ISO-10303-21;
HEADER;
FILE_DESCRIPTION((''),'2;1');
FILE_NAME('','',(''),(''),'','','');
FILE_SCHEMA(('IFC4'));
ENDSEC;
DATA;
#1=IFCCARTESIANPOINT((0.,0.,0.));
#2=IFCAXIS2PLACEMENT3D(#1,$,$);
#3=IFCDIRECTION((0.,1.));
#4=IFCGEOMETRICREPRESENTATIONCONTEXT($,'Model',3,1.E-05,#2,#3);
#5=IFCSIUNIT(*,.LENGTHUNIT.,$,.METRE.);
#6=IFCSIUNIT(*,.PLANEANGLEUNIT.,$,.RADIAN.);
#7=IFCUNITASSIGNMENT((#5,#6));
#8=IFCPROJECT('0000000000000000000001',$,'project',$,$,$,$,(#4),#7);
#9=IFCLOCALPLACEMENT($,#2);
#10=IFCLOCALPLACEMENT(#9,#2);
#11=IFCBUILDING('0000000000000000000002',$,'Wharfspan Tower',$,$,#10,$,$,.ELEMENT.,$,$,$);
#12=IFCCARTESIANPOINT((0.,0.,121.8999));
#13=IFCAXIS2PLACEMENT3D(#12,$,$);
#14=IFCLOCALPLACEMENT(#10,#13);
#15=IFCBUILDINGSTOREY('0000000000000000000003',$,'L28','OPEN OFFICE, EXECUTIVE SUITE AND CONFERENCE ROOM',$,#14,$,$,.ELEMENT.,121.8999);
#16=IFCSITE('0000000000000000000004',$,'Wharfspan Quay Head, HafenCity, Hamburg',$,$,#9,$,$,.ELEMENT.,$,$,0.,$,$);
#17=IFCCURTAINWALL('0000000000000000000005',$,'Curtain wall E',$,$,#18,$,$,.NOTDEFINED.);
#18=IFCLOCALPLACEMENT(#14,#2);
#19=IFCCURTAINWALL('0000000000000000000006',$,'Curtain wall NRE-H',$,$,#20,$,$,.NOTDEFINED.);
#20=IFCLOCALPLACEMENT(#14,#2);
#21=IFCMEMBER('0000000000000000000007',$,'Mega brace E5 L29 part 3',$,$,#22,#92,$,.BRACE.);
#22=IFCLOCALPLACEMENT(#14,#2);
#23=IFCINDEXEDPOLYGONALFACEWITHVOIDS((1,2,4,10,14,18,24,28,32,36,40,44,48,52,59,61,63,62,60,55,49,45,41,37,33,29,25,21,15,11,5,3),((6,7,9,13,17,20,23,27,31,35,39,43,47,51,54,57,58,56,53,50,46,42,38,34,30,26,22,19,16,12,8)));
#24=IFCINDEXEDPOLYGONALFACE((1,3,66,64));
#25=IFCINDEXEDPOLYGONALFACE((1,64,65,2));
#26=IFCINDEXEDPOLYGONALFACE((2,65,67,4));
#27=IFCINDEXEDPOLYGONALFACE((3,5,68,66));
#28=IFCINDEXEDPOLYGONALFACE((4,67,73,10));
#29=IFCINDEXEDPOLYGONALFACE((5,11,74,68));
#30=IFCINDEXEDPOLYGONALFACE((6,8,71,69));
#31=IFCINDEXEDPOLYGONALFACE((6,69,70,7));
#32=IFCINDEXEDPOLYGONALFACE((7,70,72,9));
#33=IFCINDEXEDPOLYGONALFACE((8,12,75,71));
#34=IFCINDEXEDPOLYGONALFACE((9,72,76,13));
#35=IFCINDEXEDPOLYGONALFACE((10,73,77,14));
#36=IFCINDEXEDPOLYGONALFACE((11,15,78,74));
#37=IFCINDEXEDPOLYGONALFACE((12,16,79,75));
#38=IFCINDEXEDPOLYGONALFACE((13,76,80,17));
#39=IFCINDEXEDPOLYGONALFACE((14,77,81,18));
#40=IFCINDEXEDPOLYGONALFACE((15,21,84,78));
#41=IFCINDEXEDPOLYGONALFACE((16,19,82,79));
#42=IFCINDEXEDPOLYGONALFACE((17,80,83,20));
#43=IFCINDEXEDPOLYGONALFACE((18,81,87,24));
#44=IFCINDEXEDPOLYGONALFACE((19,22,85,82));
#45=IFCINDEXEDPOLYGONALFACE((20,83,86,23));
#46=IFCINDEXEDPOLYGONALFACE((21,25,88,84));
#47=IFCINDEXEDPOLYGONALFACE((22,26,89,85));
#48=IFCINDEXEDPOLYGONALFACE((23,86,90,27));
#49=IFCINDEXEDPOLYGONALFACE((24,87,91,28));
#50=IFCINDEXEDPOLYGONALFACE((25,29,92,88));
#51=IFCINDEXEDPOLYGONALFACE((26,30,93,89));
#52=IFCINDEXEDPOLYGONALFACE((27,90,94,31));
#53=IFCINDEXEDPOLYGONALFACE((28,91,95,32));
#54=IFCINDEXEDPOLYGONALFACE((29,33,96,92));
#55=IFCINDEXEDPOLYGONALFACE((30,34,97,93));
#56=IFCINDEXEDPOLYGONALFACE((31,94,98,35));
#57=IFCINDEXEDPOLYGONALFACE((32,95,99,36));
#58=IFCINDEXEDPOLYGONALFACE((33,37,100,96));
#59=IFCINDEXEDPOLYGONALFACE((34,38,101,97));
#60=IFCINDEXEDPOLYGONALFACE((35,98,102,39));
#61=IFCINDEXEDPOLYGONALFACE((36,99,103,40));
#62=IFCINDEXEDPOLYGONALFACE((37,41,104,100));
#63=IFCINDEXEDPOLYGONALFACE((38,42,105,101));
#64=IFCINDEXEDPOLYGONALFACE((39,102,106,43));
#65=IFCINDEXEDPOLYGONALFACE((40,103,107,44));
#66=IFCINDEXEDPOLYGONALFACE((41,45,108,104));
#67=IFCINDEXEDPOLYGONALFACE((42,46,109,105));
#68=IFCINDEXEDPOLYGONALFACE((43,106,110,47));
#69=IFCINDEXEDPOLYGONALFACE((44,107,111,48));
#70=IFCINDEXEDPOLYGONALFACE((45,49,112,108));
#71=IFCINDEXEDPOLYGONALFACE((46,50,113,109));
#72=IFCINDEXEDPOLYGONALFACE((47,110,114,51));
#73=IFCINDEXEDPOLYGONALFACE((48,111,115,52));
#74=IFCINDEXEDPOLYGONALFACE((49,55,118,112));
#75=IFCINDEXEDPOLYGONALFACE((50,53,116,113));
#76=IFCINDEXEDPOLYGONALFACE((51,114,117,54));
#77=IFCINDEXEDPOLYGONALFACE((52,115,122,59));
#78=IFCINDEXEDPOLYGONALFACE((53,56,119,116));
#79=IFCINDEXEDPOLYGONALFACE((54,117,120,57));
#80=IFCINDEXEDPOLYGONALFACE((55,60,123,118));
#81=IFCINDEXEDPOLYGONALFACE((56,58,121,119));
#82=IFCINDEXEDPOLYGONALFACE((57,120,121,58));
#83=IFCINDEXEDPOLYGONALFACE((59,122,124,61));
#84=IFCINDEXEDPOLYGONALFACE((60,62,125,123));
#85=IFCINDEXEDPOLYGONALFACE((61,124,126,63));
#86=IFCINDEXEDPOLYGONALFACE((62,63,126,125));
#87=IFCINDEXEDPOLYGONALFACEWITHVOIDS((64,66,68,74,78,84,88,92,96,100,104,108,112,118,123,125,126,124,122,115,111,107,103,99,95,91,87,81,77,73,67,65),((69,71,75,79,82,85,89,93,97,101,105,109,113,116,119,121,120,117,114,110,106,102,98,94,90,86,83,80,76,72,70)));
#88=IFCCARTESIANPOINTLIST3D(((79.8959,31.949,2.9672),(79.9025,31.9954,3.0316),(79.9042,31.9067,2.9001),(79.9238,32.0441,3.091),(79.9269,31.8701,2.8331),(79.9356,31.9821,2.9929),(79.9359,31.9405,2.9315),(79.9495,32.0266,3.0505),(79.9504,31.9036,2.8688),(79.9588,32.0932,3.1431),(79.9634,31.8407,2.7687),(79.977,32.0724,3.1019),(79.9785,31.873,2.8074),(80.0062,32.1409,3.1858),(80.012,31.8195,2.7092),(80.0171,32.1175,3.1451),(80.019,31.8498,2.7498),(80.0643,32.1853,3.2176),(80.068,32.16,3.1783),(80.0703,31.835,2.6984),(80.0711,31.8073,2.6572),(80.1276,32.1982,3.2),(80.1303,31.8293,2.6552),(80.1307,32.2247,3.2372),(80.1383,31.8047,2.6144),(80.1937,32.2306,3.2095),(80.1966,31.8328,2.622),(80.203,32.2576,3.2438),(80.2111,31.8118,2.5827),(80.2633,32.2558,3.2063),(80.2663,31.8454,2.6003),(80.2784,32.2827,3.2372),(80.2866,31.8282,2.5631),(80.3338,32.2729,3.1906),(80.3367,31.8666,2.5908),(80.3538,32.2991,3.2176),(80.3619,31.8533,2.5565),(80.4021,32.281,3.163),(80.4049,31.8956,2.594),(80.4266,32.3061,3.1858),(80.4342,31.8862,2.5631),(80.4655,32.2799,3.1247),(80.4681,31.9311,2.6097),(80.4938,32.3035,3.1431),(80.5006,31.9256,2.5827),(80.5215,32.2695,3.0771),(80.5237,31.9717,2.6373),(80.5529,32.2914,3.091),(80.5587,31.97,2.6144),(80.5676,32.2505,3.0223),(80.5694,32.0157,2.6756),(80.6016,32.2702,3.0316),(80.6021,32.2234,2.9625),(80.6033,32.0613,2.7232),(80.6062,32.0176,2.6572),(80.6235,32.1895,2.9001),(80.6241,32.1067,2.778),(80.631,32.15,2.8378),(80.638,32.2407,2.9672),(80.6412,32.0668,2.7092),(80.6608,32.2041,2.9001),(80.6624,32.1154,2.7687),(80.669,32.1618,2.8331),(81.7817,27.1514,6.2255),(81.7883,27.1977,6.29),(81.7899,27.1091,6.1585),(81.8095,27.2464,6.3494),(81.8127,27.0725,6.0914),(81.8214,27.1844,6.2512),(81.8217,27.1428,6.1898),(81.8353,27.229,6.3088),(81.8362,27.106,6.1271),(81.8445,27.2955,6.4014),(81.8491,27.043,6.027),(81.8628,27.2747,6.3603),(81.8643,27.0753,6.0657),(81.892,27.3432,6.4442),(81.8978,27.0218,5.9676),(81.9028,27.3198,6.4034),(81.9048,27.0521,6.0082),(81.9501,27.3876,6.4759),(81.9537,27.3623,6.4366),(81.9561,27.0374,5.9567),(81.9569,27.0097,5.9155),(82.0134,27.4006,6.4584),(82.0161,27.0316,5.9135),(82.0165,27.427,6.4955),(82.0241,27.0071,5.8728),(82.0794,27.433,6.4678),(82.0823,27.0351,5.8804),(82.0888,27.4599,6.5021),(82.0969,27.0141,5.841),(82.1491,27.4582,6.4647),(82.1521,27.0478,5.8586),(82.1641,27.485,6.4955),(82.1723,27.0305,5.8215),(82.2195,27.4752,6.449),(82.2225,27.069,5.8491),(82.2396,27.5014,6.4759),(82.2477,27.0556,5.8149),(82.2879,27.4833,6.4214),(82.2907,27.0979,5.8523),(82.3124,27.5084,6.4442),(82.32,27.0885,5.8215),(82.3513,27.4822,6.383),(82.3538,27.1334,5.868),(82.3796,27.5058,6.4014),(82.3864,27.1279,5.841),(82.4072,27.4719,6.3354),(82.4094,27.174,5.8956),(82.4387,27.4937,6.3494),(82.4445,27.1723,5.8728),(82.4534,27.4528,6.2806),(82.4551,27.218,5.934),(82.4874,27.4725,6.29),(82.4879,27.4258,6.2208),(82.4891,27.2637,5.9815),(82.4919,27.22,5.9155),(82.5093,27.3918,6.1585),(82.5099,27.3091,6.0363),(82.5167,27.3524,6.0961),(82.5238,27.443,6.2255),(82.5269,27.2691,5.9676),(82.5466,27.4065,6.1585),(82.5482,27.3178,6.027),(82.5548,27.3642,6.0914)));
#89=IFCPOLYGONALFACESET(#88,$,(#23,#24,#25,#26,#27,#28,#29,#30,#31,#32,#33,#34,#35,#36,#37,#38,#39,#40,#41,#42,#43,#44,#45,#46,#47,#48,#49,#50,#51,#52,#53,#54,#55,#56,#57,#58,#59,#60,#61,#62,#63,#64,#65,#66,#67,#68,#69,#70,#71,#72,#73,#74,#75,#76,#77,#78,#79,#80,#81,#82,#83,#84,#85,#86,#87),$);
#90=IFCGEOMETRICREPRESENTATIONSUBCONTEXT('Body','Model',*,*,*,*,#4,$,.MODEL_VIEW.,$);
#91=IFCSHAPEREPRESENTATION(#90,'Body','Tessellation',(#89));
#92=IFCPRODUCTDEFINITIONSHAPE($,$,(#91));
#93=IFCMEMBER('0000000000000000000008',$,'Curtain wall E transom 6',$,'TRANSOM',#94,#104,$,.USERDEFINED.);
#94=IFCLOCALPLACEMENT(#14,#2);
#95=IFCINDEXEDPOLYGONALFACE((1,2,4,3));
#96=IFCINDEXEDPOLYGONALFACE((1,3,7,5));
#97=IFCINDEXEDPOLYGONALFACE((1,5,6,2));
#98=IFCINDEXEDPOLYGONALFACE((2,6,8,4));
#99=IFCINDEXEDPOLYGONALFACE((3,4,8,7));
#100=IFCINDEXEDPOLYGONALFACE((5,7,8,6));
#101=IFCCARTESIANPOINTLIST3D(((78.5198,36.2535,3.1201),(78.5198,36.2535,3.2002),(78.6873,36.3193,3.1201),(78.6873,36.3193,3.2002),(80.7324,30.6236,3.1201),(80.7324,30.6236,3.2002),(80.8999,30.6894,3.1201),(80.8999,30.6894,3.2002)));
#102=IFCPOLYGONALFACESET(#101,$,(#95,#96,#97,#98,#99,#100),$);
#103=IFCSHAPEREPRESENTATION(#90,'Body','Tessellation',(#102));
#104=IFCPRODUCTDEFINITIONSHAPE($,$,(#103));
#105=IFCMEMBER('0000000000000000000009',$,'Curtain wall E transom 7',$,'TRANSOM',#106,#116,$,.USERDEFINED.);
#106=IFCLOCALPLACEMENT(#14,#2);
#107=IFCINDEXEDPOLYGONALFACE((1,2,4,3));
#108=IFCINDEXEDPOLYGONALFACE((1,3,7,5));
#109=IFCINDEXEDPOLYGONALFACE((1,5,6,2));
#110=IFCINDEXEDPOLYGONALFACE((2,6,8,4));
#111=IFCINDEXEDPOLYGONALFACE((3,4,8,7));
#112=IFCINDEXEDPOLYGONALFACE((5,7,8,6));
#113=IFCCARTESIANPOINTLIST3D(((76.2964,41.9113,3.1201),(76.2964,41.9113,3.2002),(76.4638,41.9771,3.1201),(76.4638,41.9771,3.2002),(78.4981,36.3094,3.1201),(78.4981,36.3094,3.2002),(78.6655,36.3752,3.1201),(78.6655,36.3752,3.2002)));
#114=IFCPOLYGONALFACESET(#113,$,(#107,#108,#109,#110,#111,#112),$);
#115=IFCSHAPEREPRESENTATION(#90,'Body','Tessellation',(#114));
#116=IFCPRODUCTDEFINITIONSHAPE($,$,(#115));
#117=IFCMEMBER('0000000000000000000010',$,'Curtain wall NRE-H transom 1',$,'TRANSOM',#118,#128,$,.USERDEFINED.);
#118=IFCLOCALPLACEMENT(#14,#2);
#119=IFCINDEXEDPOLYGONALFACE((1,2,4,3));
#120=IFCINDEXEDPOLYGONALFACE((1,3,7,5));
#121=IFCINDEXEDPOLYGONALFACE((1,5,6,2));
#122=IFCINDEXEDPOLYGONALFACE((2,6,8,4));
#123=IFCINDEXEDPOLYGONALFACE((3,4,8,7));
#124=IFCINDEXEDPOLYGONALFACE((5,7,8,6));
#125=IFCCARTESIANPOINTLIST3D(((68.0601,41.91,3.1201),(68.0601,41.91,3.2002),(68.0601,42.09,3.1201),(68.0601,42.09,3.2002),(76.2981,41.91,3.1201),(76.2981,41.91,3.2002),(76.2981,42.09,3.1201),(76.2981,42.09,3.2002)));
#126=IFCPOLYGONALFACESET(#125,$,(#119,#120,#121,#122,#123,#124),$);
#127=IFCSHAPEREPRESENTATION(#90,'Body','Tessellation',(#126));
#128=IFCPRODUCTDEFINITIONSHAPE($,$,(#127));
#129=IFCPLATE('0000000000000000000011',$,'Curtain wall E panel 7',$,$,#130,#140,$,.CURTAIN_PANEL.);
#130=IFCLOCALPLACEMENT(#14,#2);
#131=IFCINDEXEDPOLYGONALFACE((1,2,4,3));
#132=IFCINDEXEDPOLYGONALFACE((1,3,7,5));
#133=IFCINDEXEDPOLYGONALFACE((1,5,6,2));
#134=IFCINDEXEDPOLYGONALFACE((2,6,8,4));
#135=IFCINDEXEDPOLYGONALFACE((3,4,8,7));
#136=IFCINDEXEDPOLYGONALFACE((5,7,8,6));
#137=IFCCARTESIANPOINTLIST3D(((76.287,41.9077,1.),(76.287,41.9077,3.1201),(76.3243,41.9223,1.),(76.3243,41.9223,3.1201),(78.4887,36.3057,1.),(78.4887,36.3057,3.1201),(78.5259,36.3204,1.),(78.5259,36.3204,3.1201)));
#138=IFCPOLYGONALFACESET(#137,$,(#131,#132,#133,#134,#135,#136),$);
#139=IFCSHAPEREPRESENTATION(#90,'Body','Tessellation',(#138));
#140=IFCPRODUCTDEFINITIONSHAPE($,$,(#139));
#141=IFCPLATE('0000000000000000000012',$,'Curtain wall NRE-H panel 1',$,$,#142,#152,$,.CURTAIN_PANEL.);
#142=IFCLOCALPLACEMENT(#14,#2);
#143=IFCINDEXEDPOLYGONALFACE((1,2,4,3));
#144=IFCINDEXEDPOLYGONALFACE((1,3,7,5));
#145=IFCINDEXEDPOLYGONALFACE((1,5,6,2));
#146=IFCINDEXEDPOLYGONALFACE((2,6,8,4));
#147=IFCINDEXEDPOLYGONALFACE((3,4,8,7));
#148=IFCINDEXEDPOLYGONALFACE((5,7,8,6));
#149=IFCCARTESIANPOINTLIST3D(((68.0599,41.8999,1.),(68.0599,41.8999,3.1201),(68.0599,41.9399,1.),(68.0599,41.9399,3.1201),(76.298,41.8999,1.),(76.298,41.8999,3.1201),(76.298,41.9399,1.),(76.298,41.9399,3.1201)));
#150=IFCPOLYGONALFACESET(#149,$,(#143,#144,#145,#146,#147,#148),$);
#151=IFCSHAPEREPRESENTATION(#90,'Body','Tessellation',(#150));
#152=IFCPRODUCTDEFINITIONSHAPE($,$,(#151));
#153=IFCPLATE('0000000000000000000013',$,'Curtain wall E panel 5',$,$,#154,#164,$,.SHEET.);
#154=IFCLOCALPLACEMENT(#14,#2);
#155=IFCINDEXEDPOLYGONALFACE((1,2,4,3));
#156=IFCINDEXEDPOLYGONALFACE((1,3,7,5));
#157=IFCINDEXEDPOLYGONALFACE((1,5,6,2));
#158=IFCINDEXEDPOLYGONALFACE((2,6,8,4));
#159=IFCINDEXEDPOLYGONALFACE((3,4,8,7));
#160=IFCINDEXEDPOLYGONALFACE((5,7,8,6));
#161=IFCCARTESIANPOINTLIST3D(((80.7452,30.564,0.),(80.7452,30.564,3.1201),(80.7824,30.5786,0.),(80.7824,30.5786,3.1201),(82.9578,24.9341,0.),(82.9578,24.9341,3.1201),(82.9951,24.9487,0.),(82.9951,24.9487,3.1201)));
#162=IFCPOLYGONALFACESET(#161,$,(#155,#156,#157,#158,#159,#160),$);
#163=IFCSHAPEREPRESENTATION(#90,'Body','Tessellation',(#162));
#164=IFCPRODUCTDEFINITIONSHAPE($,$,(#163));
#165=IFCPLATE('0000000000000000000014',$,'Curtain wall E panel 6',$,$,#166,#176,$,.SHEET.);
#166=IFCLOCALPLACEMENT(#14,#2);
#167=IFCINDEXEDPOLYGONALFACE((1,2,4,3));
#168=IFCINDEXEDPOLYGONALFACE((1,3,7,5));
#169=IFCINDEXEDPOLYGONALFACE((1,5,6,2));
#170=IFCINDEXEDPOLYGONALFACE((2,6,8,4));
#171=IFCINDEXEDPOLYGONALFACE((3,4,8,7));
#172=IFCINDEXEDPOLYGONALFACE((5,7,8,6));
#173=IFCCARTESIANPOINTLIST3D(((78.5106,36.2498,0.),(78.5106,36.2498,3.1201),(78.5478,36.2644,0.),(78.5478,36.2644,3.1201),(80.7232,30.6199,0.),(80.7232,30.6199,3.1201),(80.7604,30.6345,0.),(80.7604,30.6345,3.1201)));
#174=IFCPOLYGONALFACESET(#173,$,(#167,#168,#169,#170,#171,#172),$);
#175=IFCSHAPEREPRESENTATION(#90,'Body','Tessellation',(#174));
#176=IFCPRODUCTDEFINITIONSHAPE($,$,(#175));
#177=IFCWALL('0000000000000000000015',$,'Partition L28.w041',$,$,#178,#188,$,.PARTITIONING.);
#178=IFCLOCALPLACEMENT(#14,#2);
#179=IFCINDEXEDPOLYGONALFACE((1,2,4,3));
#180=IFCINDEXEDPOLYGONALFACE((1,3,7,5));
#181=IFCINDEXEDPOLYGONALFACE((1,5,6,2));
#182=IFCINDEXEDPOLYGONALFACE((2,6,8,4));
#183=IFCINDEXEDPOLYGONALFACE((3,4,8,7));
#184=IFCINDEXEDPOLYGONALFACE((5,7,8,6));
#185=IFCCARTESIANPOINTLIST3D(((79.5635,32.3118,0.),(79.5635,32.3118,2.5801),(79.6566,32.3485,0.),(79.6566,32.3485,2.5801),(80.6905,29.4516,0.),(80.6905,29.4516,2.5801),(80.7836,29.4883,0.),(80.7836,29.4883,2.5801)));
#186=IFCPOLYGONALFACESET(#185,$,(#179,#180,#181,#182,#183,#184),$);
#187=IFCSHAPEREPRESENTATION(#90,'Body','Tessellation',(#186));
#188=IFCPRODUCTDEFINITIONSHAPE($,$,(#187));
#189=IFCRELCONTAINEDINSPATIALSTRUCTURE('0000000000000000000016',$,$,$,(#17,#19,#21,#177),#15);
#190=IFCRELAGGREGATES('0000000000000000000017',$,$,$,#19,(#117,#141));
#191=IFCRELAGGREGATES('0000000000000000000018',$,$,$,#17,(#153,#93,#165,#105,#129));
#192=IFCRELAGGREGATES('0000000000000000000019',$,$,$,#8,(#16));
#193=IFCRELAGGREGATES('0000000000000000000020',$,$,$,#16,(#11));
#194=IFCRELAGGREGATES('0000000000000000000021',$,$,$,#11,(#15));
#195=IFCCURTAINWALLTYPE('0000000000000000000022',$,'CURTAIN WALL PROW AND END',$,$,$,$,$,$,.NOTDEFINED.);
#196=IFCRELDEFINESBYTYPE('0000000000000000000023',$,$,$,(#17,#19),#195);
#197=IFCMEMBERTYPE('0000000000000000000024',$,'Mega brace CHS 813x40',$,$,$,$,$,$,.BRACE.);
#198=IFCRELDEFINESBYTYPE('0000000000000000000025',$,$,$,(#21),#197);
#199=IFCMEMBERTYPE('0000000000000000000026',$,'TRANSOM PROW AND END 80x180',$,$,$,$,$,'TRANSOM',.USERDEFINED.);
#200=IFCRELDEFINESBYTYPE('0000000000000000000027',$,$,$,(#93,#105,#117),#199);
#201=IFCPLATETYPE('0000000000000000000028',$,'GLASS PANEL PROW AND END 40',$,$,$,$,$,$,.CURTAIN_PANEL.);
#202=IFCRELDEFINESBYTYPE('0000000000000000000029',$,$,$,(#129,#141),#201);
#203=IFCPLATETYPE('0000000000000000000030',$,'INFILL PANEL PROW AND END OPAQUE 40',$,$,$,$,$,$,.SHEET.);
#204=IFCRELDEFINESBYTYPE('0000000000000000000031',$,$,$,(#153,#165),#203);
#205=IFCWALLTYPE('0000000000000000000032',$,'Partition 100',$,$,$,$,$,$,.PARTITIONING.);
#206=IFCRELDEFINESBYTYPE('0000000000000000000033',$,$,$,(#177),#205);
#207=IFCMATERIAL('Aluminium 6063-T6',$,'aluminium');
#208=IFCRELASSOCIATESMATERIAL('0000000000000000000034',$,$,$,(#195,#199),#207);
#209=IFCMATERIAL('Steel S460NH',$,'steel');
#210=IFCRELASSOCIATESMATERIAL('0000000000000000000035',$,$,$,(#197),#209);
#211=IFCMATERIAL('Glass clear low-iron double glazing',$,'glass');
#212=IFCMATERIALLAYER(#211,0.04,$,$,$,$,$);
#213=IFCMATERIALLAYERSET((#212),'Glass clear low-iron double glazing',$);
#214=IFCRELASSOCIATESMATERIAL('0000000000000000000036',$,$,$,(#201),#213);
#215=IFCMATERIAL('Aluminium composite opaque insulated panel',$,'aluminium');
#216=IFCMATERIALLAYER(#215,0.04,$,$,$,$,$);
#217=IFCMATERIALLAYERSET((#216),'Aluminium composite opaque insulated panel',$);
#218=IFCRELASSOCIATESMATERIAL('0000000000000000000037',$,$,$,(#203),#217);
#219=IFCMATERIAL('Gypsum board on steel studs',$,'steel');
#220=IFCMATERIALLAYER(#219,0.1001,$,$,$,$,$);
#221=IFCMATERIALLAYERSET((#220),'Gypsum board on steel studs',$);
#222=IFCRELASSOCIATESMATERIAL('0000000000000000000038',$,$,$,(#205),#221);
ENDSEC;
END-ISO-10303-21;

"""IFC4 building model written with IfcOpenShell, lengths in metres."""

from ifc_helpers import new_model, si_unit, direction, frame, frame_2d, origin, origin_2d, place, context, subcontext, project, spatial, rectangle, hollow_circle, extrude, material, layer, layer_set, material_profile, profile_set, type_object, element, aggregate, save


model = new_model("IFC4")

# Units and contexts
model_context = context("Model", 3, precision=1e-05, world=origin(), true_north=direction((0.0, 1.0)))
body_context = subcontext(model_context, "Body", "Model", "MODEL_VIEW")
ifc_project = project(units=[si_unit("LENGTHUNIT", "METRE"), si_unit("PLANEANGLEUNIT", "RADIAN")], contexts=[model_context])

# Site, building, storey
site_placement = place(None, origin())
site = spatial("IfcSite", under=ifc_project, at=site_placement, Name="Wharfspan Quay Head, HafenCity, Hamburg", CompositionType="ELEMENT", RefElevation=0.0)
building_placement = place(site_placement, origin())
building = spatial("IfcBuilding", under=site, at=building_placement, Name="Wharfspan Tower", CompositionType="ELEMENT")
storey_placement = place(building_placement, frame((0.0, 0.0, 121.8999)))
storey = spatial("IfcBuildingStorey", under=building, at=storey_placement, Name="L28", Description="OPEN OFFICE, EXECUTIVE SUITE AND CONFERENCE ROOM", CompositionType="ELEMENT", Elevation=121.8999)

# Curtain walls
ifc_material_1 = material(Name="Aluminium 6063-T6", Category="aluminium")
curtain_wall_type = type_object("IfcCurtainWallType", Name="CURTAIN WALL PROW AND END", PredefinedType="NOTDEFINED", material=ifc_material_1)
curtain_wall_1_placement = place(storey_placement, origin())
curtain_wall_1 = element("IfcCurtainWall", 1, at=curtain_wall_1_placement, inside=storey, type_object=curtain_wall_type, Name="Curtain wall E", PredefinedType="NOTDEFINED")
curtain_wall_2_placement = place(storey_placement, origin())
curtain_wall_2 = element("IfcCurtainWall", 2, at=curtain_wall_2_placement, inside=storey, type_object=curtain_wall_type, Name="Curtain wall NRE-H", PredefinedType="NOTDEFINED")

# Members
ifc_material_2 = material(Name="Steel S460NH", Category="steel")
ifc_material_profile_1 = material_profile(ifc_material_2, hollow_circle(Radius=0.4065, WallThickness=0.04, at=origin_2d()))
ifc_profile_set_1 = profile_set([ifc_material_profile_1], Name="Steel S460NH")
member_type_1 = type_object("IfcMemberType", Name="Mega brace CHS 813x40", PredefinedType="BRACE", material=ifc_profile_set_1)
member_1_placement = place(storey_placement, frame((80.2825, 32.0554, 2.9001), z_axis=(0.309223, -0.786709, 0.534294), x_axis=(0.930685, 0.365812, -0.000003)))
element("IfcMember", 3, at=member_1_placement, inside=storey, type_object=member_type_1, Name="Mega brace E5 L29 part 3", PredefinedType="BRACE", context=body_context, shape_type="SweptSolid", body=[
    extrude(hollow_circle(Radius=0.4065, WallThickness=0.04, at=origin_2d()), origin(), (0.0, 0.0, 1.0), 6.0984),
])
ifc_material_profile_2 = material_profile(ifc_material_1, rectangle(XDim=0.1799, YDim=0.0801, at=origin_2d()))
ifc_profile_set_2 = profile_set([ifc_material_profile_2], Name="Aluminium 6063-T6")
member_type_2 = type_object("IfcMemberType", Name="TRANSOM PROW AND END 80x180", ElementType="TRANSOM", PredefinedType="USERDEFINED", material=ifc_profile_set_2)
member_2_placement = place(storey_placement, frame((80.8162, 30.6565, 3.1602), z_axis=(-0.365782, 0.9307, 0.0), x_axis=(-0.9307, -0.365782, 0.0)))
member_2 = element("IfcMember", 4, at=member_2_placement, type_object=member_type_2, Name="Curtain wall E transom 6", ObjectType="TRANSOM", PredefinedType="USERDEFINED", context=body_context, shape_type="SweptSolid", body=[
    extrude(rectangle(XDim=0.1799, YDim=0.0801, at=origin_2d()), origin(), (0.0, 0.0, 1.0), 6.0491),
])
member_3_placement = place(storey_placement, frame((78.5818, 36.3423, 3.1602), z_axis=(-0.365789, 0.930698, 0.0), x_axis=(-0.930698, -0.365789, 0.0)))
member_3 = element("IfcMember", 5, at=member_3_placement, type_object=member_type_2, Name="Curtain wall E transom 7", ObjectType="TRANSOM", PredefinedType="USERDEFINED", context=body_context, shape_type="SweptSolid", body=[
    extrude(rectangle(XDim=0.1799, YDim=0.0801, at=origin_2d()), origin(), (0.0, 0.0, 1.0), 6.019),
])
member_4_placement = place(storey_placement, frame((76.2981, 42.0, 3.1602), z_axis=(-1.0, 0.0, 0.0), x_axis=(0.0, -1.0, 0.0)))
member_4 = element("IfcMember", 6, at=member_4_placement, type_object=member_type_2, Name="Curtain wall NRE-H transom 1", ObjectType="TRANSOM", PredefinedType="USERDEFINED", context=body_context, shape_type="SweptSolid", body=[
    extrude(rectangle(XDim=0.1799, YDim=0.0801, at=origin_2d()), origin(), (0.0, 0.0, 1.0), 8.238),
])

# Plates
ifc_material_3 = material(Name="Glass clear low-iron double glazing", Category="glass")
ifc_layer_1 = layer(ifc_material_3, 0.04)
ifc_layer_set_1 = layer_set([ifc_layer_1], Name="Glass clear low-iron double glazing")
plate_type_1 = type_object("IfcPlateType", Name="GLASS PANEL PROW AND END 40", PredefinedType="CURTAIN_PANEL", material=ifc_layer_set_1)
plate_1_placement = place(storey_placement, frame((77.4065, 39.114, 1.0), z_axis=(0.0, 0.0, 1.0), x_axis=(-0.365778, 0.930702, 0.0)))
plate_1 = element("IfcPlate", 7, at=plate_1_placement, type_object=plate_type_1, Name="Curtain wall E panel 7", PredefinedType="CURTAIN_PANEL", context=body_context, shape_type="SweptSolid", body=[
    extrude(rectangle(XDim=6.019, YDim=0.04, at=origin_2d()), origin(), (0.0, 0.0, 1.0), 2.1201),
])
plate_2_placement = place(storey_placement, frame((72.179, 41.9199, 1.0), z_axis=(0.0, 0.0, 1.0), x_axis=(-1.0, 0.0, 0.0)))
plate_2 = element("IfcPlate", 8, at=plate_2_placement, type_object=plate_type_1, Name="Curtain wall NRE-H panel 1", PredefinedType="CURTAIN_PANEL", context=body_context, shape_type="SweptSolid", body=[
    extrude(rectangle(XDim=8.238, YDim=0.04, at=origin_2d()), origin(), (0.0, 0.0, 1.0), 2.1201),
])
aggregate(curtain_wall_2, [member_4, plate_2])
ifc_material_4 = material(Name="Aluminium composite opaque insulated panel", Category="aluminium")
ifc_layer_2 = layer(ifc_material_4, 0.04)
ifc_layer_set_2 = layer_set([ifc_layer_2], Name="Aluminium composite opaque insulated panel")
plate_type_2 = type_object("IfcPlateType", Name="INFILL PANEL PROW AND END OPAQUE 40", PredefinedType="SHEET", material=ifc_layer_set_2)
plate_3_placement = place(storey_placement, frame((81.8701, 27.7563, 0.0), z_axis=(0.0, 0.0, 1.0), x_axis=(-0.365778, 0.930702, 0.0)))
plate_3 = element("IfcPlate", 9, at=plate_3_placement, type_object=plate_type_2, Name="Curtain wall E panel 5", PredefinedType="SHEET", context=body_context, shape_type="SweptSolid", body=[
    extrude(rectangle(XDim=6.0491, YDim=0.04, at=origin_2d()), origin(), (0.0, 0.0, 1.0), 3.1201),
])
plate_4_placement = place(storey_placement, frame((79.6355, 33.4421, 0.0), z_axis=(0.0, 0.0, 1.0), x_axis=(-0.365778, 0.930702, 0.0)))
plate_4 = element("IfcPlate", 10, at=plate_4_placement, type_object=plate_type_2, Name="Curtain wall E panel 6", PredefinedType="SHEET", context=body_context, shape_type="SweptSolid", body=[
    extrude(rectangle(XDim=6.0491, YDim=0.04, at=origin_2d()), origin(), (0.0, 0.0, 1.0), 3.1201),
])
aggregate(curtain_wall_1, [plate_3, member_2, plate_4, member_3, plate_1])

# Wall
ifc_material_5 = material(Name="Gypsum board on steel studs", Category="steel")
ifc_layer_3 = layer(ifc_material_5, 0.1001)
ifc_layer_set_3 = layer_set([ifc_layer_3], Name="Gypsum board on steel studs")
wall_type_1 = type_object("IfcWallType", Name="Partition 100", PredefinedType="PARTITIONING", material=ifc_layer_set_3)
wall_1_placement = place(storey_placement, frame((80.7371, 29.47, 0.0), z_axis=(0.0, 0.0, 1.0), x_axis=(-0.366592, 0.930378, 0.0)))
element("IfcWall", 11, at=wall_1_placement, inside=storey, type_object=wall_type_1, Name="Partition L28.w041", PredefinedType="PARTITIONING", context=body_context, shape_type="SweptSolid", body=[
    extrude(rectangle(XDim=3.0742, YDim=0.1001, at=frame_2d((1.5371, 0.0))), origin(), (0.0, 0.0, 1.0), 2.5801),
])

save(model, "model.ifc")
